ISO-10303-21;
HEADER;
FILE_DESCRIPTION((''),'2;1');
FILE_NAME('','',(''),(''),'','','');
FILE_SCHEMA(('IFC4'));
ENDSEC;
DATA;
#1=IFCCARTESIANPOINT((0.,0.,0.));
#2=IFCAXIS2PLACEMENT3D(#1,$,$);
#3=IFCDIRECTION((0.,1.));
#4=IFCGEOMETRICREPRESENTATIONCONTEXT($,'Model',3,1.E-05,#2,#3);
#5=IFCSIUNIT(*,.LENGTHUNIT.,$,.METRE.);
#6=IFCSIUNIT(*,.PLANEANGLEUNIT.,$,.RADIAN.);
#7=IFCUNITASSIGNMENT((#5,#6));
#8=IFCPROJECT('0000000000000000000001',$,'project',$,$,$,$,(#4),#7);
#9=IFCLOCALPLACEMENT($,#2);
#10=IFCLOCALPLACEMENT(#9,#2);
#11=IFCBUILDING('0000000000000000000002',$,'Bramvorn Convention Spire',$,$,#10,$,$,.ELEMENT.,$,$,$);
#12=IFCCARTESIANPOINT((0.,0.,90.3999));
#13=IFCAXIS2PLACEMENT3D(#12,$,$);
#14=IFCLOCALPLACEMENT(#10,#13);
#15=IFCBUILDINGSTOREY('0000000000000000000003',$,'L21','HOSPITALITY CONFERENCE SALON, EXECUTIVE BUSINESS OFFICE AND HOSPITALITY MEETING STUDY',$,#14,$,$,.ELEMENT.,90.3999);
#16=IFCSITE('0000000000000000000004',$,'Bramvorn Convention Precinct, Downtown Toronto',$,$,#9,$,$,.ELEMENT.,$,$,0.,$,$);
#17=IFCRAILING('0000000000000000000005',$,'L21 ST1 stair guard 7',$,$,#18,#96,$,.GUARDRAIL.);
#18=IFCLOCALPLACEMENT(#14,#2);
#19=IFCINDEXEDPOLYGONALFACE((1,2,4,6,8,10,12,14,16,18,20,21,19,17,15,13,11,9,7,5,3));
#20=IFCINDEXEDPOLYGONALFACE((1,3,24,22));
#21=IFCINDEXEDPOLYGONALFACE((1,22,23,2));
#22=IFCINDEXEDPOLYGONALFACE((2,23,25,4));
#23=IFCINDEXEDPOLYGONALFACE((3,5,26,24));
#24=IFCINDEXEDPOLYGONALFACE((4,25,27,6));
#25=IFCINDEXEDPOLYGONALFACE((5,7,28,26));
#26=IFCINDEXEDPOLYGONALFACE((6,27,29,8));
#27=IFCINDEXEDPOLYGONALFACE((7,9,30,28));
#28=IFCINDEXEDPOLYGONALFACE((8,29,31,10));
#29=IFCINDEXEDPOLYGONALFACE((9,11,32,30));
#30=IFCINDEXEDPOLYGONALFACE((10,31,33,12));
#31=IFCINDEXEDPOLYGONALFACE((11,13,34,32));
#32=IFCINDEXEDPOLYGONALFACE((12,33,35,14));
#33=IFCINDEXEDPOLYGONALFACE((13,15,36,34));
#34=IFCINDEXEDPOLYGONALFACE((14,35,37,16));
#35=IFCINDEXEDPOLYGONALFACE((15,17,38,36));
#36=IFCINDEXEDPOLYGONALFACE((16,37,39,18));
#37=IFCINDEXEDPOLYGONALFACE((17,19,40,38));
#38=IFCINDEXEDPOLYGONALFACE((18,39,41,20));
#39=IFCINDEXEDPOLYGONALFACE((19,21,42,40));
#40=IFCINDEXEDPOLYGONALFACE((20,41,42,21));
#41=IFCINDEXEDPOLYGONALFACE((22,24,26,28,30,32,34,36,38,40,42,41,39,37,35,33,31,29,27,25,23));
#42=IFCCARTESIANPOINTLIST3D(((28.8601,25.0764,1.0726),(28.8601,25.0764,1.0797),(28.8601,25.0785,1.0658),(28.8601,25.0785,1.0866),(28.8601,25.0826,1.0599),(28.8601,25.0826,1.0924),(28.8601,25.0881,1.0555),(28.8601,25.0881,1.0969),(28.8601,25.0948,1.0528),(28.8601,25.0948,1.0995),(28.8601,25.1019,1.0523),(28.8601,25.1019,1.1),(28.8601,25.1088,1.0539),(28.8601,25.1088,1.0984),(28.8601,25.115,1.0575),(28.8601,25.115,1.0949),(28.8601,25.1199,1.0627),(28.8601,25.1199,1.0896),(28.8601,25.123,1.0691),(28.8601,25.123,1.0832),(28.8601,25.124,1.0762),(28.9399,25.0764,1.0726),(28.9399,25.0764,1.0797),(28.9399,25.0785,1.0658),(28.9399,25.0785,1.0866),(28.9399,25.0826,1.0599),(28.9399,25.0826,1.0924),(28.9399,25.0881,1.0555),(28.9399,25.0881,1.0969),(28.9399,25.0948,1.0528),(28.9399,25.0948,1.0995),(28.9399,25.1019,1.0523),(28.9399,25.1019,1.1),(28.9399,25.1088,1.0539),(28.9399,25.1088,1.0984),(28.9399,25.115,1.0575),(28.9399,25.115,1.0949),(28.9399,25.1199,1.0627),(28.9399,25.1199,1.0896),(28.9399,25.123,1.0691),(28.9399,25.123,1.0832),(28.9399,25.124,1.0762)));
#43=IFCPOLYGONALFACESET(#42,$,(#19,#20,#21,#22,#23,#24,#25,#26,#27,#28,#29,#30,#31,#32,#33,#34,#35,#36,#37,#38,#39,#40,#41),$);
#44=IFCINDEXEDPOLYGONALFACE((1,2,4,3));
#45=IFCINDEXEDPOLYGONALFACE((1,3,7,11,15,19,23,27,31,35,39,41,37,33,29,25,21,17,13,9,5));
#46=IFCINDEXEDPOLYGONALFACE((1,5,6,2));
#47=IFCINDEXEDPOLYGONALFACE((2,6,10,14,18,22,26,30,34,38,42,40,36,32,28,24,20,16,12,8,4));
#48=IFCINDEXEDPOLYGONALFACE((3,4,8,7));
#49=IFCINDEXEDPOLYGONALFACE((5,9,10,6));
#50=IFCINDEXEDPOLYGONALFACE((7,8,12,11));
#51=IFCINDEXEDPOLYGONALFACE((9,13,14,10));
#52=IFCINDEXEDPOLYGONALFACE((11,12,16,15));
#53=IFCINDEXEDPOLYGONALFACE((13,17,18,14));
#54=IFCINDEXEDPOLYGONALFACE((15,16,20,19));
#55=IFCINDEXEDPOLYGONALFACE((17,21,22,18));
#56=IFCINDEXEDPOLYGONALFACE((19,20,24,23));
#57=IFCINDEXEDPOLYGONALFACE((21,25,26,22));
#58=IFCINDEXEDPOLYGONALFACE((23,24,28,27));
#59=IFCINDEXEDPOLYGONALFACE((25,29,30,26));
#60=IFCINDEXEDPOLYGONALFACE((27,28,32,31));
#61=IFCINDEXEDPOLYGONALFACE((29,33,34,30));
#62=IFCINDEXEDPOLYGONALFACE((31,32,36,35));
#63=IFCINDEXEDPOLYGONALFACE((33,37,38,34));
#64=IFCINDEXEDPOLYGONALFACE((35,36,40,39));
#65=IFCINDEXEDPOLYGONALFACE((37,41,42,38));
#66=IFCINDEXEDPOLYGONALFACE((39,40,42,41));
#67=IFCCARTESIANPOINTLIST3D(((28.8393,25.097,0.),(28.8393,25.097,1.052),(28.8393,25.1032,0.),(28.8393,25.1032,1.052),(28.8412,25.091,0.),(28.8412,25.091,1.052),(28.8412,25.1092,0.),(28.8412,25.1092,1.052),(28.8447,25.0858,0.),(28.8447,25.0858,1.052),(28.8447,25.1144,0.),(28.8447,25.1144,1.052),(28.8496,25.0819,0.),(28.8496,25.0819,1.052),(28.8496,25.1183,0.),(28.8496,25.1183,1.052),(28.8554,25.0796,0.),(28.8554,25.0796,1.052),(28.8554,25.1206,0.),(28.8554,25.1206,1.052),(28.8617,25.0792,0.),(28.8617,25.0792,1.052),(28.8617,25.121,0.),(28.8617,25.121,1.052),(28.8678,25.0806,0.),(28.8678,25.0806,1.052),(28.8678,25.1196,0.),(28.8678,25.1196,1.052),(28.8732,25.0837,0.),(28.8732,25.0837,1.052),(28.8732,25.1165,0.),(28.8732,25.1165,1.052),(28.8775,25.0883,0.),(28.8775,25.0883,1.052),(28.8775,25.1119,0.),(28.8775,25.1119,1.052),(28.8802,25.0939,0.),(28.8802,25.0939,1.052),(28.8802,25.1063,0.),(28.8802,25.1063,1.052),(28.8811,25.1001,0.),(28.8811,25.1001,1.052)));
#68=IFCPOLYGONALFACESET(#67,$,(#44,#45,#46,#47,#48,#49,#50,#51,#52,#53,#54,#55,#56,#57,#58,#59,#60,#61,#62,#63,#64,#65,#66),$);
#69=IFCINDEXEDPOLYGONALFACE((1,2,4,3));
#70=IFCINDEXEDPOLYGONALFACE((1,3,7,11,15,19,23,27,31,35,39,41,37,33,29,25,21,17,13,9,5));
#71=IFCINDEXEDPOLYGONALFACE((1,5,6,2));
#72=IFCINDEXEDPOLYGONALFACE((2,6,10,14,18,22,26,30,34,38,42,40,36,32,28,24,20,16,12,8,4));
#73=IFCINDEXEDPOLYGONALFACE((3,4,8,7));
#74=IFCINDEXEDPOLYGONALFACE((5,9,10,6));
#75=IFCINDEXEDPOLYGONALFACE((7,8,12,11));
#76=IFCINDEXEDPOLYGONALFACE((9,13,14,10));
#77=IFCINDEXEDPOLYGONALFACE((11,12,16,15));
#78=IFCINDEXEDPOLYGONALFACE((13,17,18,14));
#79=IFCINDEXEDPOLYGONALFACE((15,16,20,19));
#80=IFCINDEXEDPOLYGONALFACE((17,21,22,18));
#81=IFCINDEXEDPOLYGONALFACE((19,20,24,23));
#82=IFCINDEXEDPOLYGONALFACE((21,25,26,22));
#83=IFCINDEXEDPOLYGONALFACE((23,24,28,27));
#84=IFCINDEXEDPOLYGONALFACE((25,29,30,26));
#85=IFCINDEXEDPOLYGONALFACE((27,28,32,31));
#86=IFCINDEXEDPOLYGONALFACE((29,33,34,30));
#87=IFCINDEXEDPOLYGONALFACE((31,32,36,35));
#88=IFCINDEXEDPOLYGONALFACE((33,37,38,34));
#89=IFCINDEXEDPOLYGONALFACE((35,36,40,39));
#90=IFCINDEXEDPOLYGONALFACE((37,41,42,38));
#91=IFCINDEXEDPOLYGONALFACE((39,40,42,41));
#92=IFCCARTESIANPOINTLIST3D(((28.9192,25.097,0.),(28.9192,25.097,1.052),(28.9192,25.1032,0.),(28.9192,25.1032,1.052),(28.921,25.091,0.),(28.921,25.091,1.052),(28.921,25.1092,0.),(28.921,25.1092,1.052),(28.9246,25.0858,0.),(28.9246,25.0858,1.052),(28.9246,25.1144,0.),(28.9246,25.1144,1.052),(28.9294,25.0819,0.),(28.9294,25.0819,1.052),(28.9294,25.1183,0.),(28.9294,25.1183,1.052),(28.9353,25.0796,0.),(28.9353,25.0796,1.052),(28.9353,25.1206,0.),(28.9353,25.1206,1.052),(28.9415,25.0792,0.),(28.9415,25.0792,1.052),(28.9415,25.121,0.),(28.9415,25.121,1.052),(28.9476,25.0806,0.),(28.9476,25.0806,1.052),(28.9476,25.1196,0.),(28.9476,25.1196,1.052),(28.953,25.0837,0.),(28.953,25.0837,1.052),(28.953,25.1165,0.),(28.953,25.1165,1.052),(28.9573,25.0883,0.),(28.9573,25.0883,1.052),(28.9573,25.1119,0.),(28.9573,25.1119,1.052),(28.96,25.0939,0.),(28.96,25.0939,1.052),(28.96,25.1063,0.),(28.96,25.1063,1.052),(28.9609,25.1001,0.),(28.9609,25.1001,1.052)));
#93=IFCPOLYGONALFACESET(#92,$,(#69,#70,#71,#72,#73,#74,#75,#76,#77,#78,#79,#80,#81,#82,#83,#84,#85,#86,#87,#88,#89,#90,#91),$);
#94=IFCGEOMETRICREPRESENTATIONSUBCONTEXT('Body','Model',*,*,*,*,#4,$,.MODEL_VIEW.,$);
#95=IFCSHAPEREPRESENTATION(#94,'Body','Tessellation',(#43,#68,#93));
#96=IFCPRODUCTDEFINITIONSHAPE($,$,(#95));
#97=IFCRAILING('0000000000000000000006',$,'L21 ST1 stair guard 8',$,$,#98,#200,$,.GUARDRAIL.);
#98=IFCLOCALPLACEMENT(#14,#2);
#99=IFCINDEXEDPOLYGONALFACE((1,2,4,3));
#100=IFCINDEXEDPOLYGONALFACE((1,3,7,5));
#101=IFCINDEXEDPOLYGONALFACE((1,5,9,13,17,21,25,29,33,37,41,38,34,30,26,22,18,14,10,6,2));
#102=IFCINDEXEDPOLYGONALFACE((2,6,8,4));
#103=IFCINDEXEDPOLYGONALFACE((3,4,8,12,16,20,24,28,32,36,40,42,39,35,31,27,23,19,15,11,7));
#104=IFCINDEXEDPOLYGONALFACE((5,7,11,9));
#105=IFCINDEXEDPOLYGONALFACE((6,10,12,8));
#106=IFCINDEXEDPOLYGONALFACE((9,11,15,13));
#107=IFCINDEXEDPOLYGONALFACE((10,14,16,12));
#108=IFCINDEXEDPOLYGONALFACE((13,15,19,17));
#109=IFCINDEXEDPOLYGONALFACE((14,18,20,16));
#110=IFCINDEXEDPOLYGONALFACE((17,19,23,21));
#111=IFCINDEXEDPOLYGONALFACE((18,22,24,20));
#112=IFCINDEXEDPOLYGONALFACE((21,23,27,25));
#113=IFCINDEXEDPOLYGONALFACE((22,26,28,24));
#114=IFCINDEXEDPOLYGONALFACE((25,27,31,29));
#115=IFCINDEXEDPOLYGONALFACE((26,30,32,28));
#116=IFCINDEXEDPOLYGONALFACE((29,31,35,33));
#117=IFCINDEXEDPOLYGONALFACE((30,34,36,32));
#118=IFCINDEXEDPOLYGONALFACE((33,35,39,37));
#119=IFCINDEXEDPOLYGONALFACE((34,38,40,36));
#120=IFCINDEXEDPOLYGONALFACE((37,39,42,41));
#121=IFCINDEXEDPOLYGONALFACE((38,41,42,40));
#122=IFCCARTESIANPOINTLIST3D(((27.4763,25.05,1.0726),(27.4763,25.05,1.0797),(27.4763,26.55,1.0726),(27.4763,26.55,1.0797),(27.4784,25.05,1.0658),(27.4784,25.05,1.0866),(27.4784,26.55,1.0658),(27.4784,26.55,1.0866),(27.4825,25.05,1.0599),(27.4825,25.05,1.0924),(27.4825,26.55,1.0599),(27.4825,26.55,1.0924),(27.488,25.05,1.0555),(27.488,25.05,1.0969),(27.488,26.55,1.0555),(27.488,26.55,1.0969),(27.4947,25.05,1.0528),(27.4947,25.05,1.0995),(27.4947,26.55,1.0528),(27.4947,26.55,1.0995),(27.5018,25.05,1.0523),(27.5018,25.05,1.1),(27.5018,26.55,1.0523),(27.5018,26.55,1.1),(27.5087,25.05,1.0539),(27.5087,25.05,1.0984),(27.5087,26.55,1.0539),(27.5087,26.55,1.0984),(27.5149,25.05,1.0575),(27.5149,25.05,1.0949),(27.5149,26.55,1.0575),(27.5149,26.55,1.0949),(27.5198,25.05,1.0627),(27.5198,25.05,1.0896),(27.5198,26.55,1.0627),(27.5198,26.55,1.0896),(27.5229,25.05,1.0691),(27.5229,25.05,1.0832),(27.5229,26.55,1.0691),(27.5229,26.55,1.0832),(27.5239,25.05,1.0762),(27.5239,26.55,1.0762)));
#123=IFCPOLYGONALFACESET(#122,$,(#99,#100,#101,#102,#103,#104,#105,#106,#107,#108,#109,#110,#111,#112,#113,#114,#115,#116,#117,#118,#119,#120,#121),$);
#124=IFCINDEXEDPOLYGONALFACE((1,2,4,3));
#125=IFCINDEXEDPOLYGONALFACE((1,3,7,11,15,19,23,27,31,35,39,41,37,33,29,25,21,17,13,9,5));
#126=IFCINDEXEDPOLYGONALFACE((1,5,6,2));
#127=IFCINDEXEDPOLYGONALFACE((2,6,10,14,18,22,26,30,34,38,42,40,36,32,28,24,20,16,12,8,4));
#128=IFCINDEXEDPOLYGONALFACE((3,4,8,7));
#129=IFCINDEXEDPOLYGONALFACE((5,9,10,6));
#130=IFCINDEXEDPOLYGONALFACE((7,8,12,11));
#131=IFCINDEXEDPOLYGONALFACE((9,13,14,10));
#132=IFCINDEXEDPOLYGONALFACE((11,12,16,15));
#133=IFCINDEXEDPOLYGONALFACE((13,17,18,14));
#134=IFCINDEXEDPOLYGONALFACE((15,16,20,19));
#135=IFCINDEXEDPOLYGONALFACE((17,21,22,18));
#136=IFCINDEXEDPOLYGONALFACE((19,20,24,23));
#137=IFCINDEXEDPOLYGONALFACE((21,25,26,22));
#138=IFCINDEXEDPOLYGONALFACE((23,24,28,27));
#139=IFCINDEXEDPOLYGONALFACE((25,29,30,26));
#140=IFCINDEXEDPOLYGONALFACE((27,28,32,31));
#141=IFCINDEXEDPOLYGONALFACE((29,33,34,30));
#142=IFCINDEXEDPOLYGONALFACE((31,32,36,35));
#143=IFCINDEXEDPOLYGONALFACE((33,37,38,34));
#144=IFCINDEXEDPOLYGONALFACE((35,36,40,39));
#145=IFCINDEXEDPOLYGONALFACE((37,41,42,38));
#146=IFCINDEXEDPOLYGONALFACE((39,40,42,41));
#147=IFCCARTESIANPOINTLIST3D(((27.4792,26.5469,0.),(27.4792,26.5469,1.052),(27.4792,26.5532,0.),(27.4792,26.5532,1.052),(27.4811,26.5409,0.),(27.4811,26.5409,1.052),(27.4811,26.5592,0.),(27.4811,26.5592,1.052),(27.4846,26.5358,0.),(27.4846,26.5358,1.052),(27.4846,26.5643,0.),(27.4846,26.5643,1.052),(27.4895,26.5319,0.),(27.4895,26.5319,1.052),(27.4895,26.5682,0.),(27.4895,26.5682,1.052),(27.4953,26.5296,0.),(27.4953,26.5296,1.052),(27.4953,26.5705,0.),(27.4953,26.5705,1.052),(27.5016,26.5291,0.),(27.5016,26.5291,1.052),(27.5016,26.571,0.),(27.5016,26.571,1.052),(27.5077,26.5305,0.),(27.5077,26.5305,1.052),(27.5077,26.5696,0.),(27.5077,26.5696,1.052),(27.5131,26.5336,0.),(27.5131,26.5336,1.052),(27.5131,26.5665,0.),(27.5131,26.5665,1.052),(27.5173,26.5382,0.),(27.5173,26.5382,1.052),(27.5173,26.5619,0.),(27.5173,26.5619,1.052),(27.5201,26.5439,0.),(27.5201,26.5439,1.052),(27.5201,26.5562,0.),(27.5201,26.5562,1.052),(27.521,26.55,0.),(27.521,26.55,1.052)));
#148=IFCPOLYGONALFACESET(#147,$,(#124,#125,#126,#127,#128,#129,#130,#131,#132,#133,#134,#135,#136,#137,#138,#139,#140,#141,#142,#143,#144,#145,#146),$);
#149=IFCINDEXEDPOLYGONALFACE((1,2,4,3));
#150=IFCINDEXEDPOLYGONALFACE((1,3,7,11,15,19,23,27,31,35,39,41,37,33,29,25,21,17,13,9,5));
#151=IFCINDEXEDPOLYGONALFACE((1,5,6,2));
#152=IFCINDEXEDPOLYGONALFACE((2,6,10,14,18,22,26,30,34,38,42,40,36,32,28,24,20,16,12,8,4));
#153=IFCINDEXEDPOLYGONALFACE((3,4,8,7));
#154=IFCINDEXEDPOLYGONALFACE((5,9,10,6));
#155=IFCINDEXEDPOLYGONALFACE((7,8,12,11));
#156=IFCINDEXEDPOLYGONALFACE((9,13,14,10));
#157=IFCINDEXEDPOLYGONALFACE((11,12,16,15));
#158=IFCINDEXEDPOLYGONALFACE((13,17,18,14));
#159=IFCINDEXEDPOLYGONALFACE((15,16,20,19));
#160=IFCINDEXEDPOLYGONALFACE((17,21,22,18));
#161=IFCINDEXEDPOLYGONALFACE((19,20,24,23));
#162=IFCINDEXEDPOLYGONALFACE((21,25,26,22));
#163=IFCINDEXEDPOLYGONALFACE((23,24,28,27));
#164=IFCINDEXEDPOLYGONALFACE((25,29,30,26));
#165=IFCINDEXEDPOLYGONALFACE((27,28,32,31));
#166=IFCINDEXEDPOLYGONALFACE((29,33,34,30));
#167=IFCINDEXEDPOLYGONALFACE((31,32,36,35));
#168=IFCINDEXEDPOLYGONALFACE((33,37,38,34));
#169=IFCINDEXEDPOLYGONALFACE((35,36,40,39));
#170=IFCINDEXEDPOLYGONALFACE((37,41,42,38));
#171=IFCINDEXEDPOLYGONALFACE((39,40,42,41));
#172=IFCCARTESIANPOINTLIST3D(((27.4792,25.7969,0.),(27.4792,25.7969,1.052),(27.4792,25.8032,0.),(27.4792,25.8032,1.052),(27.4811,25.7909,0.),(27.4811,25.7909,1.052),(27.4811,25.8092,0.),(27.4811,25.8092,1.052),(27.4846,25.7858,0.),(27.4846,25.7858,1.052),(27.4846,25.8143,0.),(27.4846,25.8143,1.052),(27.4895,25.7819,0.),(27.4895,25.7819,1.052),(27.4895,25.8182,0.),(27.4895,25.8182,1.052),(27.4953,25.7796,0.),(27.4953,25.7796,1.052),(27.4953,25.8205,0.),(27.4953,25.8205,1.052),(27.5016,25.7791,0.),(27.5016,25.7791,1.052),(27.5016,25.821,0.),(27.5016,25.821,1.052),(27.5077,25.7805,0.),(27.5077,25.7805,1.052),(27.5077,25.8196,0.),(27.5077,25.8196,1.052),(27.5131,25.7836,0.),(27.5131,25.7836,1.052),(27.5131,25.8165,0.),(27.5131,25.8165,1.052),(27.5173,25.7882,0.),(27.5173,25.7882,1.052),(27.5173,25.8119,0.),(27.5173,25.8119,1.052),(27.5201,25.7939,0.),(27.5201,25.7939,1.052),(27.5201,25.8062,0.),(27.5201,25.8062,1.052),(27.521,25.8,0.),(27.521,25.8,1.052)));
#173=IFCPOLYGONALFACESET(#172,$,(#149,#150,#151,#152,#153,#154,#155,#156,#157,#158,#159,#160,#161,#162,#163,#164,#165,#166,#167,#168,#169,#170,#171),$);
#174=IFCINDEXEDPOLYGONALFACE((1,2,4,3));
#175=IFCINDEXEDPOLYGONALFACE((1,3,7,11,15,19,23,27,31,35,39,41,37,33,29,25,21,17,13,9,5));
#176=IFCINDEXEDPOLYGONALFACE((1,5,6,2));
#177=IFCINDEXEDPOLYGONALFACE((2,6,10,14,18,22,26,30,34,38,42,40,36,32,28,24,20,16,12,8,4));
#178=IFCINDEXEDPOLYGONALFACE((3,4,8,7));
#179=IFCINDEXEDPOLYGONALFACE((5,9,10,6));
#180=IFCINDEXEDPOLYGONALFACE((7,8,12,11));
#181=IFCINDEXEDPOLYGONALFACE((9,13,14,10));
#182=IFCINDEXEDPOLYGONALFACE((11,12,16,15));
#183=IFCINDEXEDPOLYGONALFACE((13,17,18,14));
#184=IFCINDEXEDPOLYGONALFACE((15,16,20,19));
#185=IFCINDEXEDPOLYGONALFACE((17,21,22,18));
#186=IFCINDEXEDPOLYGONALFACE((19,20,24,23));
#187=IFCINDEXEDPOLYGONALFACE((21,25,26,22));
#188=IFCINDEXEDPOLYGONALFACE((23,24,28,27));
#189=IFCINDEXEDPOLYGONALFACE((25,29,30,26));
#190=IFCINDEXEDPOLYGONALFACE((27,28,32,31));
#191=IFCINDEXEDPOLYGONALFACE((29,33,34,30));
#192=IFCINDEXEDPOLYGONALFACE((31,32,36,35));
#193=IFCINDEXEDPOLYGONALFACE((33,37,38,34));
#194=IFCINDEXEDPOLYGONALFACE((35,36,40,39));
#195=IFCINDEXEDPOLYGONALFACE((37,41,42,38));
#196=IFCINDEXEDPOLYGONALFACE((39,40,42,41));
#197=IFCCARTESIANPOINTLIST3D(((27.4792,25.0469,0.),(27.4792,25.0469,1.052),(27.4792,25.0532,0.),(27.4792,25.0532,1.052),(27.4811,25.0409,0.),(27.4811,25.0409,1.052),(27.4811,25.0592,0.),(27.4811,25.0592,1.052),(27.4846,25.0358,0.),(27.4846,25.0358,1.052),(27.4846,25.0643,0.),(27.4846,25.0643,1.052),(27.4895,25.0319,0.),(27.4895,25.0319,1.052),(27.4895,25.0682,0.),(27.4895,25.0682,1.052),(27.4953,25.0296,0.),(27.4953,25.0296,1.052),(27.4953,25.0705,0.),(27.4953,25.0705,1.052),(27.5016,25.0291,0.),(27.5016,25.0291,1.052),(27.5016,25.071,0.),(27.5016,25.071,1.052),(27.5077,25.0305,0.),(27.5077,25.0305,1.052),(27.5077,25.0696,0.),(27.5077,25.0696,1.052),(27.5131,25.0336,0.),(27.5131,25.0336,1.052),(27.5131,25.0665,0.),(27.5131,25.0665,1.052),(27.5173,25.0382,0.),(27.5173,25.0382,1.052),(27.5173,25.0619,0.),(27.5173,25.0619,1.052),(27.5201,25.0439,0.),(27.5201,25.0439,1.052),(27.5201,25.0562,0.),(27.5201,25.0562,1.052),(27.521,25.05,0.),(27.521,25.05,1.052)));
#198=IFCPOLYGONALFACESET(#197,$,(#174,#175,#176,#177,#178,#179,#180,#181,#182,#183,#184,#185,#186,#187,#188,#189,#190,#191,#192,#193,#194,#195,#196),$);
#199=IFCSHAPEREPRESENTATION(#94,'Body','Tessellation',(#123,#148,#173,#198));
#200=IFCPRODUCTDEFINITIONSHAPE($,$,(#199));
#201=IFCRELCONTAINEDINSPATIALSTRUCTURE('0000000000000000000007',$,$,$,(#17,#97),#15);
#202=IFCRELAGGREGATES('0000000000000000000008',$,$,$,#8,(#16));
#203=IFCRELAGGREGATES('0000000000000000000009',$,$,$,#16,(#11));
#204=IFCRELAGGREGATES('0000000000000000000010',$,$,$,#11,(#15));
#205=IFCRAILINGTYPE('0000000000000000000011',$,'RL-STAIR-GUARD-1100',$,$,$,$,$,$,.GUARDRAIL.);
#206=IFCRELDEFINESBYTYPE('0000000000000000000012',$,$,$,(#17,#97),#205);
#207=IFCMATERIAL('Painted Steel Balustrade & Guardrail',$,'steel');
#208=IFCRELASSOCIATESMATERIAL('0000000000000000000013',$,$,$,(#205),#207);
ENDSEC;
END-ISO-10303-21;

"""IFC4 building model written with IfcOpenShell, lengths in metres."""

from ifc_helpers import new_model, si_unit, direction, frame, origin, origin_2d, place, context, subcontext, project, spatial, circle, extrude, material, type_object, element, save


model = new_model("IFC4")

# Units and contexts
model_context = context("Model", 3, precision=1e-05, world=origin(), true_north=direction((0.0, 1.0)))
body_context = subcontext(model_context, "Body", "Model", "MODEL_VIEW")
ifc_project = project(units=[si_unit("LENGTHUNIT", "METRE"), si_unit("PLANEANGLEUNIT", "RADIAN")], contexts=[model_context])

# Site, building, storey
site_placement = place(None, origin())
site = spatial("IfcSite", under=ifc_project, at=site_placement, Name="Bramvorn Convention Precinct, Downtown Toronto", CompositionType="ELEMENT", RefElevation=0.0)
building_placement = place(site_placement, origin())
building = spatial("IfcBuilding", under=site, at=building_placement, Name="Bramvorn Convention Spire", CompositionType="ELEMENT")
storey_placement = place(building_placement, frame((0.0, 0.0, 90.3999)))
storey = spatial("IfcBuildingStorey", under=building, at=storey_placement, Name="L21", Description="HOSPITALITY CONFERENCE SALON, EXECUTIVE BUSINESS OFFICE AND HOSPITALITY MEETING STUDY", CompositionType="ELEMENT", Elevation=90.3999)

# Railings
ifc_material_1 = material(Name="Painted Steel Balustrade & Guardrail", Category="steel")
railing_type_1 = type_object("IfcRailingType", Name="RL-STAIR-GUARD-1100", PredefinedType="GUARDRAIL", material=ifc_material_1)
railing_1_placement = place(storey_placement, frame((28.8601, 25.1001, 0.0)))
element("IfcRailing", 1, at=railing_1_placement, inside=storey, type_object=railing_type_1, Name="L21 ST1 stair guard 7", PredefinedType="GUARDRAIL", context=body_context, shape_type="SweptSolid", body=[
    extrude(circle(Radius=0.0239, at=origin_2d()), frame((0.0, 0.0, 1.0762), z_axis=(1.0, 0.0, 0.0), x_axis=(0.0, 1.0, 0.0)), (0.0, 0.0, 1.0), 0.0798),
    extrude(circle(Radius=0.021, at=origin_2d()), origin(), (0.0, 0.0, 1.0), 1.052),
    extrude(circle(Radius=0.021, at=origin_2d()), frame((0.0798, 0.0, 0.0)), (0.0, 0.0, 1.0), 1.052),
])
for number, where, name in (
    (2, (27.5, 26.55, 0.0), "L21 ST1 stair guard 8"),
):
    element("IfcRailing", number, at=place(storey_placement, frame(where)), inside=storey, type_object=railing_type_1, Name=name, PredefinedType="GUARDRAIL", context=body_context, shape_type="SweptSolid", body=[
        extrude(circle(Radius=0.0239, at=origin_2d()), frame((0.0, 0.0, 1.0762), z_axis=(0.0, -1.0, 0.0), x_axis=(1.0, 0.0, 0.0)), (0.0, 0.0, 1.0), 1.5),
        extrude(circle(Radius=0.021, at=origin_2d()), origin(), (0.0, 0.0, 1.0), 1.052),
        extrude(circle(Radius=0.021, at=origin_2d()), frame((0.0, -0.75, 0.0)), (0.0, 0.0, 1.0), 1.052),
        extrude(circle(Radius=0.021, at=origin_2d()), frame((0.0, -1.5, 0.0)), (0.0, 0.0, 1.0), 1.052),
    ])

save(model, "model.ifc")
